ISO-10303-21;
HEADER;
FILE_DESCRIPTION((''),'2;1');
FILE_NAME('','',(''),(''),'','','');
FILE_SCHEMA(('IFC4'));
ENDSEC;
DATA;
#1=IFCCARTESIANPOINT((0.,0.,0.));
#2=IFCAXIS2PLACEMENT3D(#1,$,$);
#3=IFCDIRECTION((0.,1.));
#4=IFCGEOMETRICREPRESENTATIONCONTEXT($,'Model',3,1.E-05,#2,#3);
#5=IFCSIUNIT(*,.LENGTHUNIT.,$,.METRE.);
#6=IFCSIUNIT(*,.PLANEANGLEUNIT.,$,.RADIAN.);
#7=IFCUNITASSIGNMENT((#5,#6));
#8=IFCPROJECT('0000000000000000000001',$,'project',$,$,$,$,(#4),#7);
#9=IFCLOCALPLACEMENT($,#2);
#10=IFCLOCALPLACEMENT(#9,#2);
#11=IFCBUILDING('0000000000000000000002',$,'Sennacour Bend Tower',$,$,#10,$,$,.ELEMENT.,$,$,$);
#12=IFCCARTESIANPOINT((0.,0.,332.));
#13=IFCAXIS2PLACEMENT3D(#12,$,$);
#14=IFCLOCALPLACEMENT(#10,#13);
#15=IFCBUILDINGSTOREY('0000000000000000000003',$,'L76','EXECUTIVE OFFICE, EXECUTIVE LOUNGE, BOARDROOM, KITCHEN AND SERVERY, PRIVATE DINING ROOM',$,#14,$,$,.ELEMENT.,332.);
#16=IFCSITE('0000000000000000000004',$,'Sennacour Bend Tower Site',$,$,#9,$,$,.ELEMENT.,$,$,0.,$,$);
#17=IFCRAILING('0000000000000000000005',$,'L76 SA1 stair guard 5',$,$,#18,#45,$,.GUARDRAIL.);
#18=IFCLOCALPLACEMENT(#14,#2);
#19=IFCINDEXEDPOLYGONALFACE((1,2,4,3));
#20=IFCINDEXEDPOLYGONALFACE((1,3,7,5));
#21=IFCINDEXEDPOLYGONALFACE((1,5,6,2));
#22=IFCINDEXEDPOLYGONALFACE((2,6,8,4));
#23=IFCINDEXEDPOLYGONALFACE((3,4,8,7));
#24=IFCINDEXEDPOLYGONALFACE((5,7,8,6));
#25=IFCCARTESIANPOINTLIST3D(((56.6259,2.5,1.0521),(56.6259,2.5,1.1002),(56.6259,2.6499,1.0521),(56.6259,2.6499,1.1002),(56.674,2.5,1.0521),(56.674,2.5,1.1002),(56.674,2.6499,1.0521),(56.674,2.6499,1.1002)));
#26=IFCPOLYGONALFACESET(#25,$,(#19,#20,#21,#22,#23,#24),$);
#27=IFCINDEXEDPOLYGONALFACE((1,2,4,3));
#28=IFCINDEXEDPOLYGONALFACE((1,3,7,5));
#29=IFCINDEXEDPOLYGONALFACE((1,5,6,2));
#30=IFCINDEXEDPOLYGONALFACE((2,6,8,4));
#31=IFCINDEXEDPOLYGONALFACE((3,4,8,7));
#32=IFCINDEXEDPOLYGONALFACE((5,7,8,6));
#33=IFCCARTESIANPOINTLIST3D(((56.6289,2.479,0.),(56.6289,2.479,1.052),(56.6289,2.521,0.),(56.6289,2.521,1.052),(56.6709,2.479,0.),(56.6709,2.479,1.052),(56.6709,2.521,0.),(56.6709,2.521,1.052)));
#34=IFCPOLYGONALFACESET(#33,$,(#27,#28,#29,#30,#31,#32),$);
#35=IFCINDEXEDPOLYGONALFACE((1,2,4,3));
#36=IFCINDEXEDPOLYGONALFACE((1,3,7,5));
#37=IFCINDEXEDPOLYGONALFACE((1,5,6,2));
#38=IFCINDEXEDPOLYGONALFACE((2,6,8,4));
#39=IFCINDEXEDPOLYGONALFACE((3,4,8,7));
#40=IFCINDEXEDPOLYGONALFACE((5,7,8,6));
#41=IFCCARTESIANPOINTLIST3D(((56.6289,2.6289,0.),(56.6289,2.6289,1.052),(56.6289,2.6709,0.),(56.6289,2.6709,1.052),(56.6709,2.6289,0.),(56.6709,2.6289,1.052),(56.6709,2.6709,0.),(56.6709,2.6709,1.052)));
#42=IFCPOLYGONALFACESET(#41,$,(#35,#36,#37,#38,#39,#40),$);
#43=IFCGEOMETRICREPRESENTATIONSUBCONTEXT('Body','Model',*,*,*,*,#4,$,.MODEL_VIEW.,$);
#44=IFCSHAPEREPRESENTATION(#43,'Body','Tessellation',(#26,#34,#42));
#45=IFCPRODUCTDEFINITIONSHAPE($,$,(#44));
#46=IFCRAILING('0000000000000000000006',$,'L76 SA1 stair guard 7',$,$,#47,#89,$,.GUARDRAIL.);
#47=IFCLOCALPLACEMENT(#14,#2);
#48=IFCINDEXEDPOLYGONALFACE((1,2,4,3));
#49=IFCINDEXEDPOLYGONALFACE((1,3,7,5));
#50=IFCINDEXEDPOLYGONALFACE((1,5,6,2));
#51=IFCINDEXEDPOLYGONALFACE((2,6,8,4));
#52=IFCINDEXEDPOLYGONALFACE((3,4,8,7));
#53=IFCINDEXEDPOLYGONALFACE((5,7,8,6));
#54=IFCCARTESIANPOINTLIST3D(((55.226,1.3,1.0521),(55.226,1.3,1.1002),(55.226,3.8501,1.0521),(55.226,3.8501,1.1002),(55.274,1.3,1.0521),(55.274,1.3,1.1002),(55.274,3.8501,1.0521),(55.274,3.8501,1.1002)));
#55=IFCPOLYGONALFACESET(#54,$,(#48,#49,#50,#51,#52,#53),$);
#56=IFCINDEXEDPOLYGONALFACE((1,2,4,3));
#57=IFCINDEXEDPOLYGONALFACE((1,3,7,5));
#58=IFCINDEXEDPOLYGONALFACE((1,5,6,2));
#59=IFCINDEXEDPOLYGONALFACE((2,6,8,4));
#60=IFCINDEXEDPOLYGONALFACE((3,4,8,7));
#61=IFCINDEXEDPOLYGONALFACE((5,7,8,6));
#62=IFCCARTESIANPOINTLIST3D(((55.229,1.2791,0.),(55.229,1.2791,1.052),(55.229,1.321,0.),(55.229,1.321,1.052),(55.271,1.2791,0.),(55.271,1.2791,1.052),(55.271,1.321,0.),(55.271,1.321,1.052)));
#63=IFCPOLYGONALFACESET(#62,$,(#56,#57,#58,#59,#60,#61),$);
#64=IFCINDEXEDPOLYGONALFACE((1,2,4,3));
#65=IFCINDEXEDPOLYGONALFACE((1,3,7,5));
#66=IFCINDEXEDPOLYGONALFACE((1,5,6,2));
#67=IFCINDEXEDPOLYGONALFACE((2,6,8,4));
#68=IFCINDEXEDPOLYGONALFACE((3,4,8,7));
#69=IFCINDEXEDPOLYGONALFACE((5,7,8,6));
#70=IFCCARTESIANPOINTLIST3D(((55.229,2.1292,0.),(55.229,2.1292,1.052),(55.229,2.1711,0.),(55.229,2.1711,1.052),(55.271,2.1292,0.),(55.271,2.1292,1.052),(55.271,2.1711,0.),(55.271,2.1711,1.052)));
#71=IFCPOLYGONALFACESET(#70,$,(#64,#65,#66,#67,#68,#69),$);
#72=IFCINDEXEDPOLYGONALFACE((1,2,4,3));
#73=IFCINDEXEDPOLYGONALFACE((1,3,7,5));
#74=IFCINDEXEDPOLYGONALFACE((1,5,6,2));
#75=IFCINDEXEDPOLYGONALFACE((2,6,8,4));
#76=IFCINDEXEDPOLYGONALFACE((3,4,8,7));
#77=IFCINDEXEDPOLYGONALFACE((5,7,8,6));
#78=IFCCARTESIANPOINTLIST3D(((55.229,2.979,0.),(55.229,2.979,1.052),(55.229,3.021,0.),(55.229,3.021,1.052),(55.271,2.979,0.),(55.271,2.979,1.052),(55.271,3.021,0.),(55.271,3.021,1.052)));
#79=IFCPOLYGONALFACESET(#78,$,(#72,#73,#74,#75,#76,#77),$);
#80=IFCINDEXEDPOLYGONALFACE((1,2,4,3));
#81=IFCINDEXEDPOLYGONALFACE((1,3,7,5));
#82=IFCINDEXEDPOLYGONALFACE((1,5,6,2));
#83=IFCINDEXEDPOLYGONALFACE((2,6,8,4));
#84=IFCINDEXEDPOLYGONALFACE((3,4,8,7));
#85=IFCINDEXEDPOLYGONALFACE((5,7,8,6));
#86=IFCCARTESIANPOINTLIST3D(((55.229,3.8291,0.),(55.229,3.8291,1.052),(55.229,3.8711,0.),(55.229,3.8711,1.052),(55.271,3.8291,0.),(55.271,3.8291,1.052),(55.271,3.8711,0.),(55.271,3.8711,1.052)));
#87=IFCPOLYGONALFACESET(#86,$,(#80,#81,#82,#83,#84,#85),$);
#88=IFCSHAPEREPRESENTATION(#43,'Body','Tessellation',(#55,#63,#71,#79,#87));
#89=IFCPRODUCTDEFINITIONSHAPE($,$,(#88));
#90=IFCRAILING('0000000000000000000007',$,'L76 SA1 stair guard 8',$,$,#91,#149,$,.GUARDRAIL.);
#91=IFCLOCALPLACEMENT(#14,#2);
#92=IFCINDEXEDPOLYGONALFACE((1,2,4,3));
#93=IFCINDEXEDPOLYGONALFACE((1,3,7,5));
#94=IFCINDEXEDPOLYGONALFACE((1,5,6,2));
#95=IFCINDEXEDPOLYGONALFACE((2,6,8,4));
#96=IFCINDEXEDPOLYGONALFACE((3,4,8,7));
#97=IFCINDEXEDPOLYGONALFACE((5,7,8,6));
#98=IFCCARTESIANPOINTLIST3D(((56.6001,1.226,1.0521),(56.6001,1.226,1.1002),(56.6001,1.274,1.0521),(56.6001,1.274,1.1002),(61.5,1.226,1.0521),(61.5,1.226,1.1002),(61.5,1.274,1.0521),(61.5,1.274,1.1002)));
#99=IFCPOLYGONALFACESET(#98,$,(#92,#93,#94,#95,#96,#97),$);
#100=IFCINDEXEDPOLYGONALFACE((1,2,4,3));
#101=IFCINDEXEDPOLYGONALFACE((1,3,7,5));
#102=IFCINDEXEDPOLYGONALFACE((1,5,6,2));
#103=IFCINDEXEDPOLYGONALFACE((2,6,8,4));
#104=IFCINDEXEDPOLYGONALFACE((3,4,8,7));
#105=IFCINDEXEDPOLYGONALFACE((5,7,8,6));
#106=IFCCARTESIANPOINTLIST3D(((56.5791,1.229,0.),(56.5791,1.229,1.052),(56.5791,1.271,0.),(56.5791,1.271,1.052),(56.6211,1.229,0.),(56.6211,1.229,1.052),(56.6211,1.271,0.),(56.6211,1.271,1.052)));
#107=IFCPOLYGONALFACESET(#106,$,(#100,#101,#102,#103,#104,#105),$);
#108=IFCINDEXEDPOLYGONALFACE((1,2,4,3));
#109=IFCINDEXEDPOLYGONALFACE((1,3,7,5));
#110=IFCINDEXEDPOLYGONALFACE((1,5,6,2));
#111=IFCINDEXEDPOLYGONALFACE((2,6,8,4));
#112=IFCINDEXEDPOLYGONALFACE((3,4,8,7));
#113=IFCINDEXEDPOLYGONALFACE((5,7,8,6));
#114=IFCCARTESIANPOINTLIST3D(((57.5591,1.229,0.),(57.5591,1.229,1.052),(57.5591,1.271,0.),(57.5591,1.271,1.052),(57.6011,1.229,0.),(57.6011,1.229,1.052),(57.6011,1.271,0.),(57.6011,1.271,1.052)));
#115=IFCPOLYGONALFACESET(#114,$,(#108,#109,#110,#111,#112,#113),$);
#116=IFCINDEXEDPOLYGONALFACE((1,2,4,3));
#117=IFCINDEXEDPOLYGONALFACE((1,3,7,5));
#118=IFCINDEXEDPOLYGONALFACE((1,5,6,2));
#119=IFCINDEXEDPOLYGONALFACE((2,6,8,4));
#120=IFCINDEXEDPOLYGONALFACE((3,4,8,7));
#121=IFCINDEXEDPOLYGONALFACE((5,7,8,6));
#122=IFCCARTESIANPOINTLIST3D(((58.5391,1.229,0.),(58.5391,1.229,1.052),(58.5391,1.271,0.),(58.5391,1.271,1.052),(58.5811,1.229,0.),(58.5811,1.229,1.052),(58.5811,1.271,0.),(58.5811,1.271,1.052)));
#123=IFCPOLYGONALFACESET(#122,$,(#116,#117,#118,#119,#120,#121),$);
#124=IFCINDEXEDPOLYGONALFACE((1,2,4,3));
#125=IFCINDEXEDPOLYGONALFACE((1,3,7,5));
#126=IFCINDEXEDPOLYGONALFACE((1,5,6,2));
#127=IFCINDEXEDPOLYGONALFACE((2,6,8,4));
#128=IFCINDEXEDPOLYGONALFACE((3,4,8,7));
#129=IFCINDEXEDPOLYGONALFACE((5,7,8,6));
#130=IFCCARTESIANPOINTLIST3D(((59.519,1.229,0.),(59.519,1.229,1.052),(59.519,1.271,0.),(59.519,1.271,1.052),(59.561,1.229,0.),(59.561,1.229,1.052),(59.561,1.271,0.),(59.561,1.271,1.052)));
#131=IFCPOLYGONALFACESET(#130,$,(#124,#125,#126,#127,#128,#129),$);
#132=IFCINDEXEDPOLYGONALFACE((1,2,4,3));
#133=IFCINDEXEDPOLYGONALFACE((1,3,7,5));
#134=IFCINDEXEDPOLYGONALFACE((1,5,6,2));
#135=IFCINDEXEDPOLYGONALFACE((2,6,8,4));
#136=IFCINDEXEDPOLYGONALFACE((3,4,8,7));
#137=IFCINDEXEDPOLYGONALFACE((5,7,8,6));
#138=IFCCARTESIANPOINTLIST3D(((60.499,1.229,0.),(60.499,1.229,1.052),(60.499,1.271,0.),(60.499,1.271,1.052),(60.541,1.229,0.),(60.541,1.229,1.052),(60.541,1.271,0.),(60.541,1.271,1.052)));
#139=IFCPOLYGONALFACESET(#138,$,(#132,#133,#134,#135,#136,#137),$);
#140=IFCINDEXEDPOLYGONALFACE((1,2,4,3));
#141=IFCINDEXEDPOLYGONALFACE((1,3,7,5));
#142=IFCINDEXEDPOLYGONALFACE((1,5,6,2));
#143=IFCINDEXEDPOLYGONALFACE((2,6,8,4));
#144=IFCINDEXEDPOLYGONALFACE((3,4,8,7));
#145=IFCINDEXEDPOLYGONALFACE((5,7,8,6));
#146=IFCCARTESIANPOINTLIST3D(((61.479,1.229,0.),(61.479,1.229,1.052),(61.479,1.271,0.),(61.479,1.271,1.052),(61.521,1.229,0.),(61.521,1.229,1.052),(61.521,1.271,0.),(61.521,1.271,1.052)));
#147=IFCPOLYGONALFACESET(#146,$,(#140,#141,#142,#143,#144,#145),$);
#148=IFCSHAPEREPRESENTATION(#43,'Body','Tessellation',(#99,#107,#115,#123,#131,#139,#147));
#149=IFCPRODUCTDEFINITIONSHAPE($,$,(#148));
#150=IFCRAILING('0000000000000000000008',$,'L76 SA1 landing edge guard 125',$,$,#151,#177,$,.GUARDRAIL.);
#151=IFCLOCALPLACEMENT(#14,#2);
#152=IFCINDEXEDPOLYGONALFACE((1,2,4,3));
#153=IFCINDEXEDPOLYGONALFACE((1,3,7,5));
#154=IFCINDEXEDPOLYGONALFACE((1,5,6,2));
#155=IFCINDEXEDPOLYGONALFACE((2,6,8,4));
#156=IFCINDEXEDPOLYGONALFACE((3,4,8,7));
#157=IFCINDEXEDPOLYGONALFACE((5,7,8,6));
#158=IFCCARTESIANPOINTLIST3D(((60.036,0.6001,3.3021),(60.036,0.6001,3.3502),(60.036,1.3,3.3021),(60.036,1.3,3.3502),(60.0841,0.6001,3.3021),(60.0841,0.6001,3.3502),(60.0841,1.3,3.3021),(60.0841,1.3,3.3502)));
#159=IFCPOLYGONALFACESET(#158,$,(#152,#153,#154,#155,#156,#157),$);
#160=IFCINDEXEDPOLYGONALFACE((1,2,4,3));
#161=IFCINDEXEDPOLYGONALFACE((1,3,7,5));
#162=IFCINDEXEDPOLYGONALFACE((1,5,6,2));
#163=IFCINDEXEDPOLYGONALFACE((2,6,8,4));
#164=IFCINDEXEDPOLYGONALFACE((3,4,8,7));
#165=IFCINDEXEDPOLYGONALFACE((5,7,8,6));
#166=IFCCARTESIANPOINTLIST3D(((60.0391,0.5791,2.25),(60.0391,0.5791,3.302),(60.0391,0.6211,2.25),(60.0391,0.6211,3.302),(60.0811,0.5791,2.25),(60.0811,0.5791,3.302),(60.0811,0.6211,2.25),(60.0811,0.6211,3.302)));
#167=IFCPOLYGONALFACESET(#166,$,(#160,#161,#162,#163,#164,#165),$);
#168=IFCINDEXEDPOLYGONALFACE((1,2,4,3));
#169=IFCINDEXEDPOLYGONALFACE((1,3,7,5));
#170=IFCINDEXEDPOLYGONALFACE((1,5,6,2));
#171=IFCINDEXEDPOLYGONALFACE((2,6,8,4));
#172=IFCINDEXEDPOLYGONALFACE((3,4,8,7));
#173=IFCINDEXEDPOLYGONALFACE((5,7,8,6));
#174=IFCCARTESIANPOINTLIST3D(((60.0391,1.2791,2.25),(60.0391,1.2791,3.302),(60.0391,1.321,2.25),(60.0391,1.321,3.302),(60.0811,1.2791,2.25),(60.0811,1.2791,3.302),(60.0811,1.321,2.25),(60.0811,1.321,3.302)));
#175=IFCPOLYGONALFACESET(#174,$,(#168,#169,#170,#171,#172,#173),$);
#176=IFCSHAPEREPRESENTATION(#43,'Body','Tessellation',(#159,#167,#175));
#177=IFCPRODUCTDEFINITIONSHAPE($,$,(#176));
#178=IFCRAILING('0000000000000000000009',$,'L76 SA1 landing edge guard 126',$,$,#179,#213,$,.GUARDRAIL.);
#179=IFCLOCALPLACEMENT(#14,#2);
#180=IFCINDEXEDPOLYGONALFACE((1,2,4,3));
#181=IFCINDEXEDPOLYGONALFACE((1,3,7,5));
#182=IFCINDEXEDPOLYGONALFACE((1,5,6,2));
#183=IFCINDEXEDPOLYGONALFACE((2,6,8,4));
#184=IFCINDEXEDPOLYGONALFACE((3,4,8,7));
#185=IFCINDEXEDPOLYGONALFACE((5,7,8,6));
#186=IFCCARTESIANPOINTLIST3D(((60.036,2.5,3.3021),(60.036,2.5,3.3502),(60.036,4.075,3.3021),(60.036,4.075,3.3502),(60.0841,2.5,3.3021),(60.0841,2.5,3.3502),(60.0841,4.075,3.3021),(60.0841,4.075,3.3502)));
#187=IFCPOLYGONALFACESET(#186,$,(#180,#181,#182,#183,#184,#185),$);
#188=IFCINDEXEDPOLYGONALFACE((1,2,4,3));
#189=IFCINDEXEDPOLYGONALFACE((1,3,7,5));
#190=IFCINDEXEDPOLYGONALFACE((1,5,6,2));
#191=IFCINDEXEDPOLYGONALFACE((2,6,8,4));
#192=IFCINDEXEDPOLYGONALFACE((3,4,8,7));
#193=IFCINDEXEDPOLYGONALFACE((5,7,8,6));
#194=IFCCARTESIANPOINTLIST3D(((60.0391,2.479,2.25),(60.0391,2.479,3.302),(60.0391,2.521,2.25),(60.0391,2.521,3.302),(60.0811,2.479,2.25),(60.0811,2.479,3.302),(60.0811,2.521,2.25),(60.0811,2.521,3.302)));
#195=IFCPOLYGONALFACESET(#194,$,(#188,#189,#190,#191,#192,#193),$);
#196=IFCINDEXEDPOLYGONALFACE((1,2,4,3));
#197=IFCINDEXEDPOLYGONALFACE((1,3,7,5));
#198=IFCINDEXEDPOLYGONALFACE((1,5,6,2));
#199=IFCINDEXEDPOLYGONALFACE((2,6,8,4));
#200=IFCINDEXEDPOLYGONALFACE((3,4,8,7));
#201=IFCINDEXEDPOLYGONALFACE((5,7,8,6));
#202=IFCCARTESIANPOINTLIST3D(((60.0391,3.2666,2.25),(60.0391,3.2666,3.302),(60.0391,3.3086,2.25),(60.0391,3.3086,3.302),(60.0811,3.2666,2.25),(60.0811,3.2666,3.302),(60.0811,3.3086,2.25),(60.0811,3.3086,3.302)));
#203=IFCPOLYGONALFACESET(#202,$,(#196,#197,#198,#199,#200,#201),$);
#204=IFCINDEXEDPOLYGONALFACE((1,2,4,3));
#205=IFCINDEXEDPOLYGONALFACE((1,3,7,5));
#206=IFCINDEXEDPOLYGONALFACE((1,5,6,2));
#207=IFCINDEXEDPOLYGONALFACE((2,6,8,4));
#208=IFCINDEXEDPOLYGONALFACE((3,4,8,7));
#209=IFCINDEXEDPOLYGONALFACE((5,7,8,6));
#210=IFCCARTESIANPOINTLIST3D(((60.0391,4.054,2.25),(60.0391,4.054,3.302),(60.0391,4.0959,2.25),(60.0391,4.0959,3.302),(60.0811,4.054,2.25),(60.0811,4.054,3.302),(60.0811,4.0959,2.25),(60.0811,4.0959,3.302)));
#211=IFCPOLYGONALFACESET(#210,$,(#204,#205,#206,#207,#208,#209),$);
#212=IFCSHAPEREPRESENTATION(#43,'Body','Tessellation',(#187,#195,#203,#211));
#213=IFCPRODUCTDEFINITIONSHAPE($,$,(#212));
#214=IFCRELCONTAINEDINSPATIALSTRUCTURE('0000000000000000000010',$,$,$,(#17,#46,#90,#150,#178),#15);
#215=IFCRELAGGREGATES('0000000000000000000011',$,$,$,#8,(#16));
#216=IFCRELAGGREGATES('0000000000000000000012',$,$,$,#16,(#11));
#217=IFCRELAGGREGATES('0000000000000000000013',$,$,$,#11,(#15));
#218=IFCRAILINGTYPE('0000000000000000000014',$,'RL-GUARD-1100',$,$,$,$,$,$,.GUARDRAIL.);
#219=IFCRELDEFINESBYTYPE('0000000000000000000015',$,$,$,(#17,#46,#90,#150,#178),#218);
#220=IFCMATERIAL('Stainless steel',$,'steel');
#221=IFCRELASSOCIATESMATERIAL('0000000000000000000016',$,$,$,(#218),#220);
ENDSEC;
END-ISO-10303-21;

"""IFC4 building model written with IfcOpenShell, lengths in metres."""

from ifc_helpers import new_model, si_unit, direction, frame, origin, origin_2d, place, context, subcontext, project, spatial, rectangle, extrude, material, type_object, element, save


model = new_model("IFC4")

# Units and contexts
model_context = context("Model", 3, precision=1e-05, world=origin(), true_north=direction((0.0, 1.0)))
body_context = subcontext(model_context, "Body", "Model", "MODEL_VIEW")
ifc_project = project(units=[si_unit("LENGTHUNIT", "METRE"), si_unit("PLANEANGLEUNIT", "RADIAN")], contexts=[model_context])

# Site, building, storey
site_placement = place(None, origin())
site = spatial("IfcSite", under=ifc_project, at=site_placement, Name="Sennacour Bend Tower Site", CompositionType="ELEMENT", RefElevation=0.0)
building_placement = place(site_placement, origin())
building = spatial("IfcBuilding", under=site, at=building_placement, Name="Sennacour Bend Tower", CompositionType="ELEMENT")
storey_placement = place(building_placement, frame((0.0, 0.0, 332.0)))
storey = spatial("IfcBuildingStorey", under=building, at=storey_placement, Name="L76", Description="EXECUTIVE OFFICE, EXECUTIVE LOUNGE, BOARDROOM, KITCHEN AND SERVERY, PRIVATE DINING ROOM", CompositionType="ELEMENT", Elevation=332.0)

# Shared definitions
ifc_material_1 = material(Name="Stainless steel", Category="steel")

# Railings
railing_type_1 = type_object("IfcRailingType", Name="RL-GUARD-1100", PredefinedType="GUARDRAIL", material=ifc_material_1)
railing_1_placement = place(storey_placement, frame((56.6499, 2.5, 0.0)))
element("IfcRailing", 1, at=railing_1_placement, inside=storey, type_object=railing_type_1, Name="L76 SA1 stair guard 5", PredefinedType="GUARDRAIL", context=body_context, shape_type="SweptSolid", body=[
    extrude(rectangle(XDim=0.0481, YDim=0.0481, at=origin_2d()), frame((0.0, 0.0, 1.0762), z_axis=(0.0, 1.0, 0.0), x_axis=(-1.0, 0.0, 0.0)), (0.0, 0.0, 1.0), 0.1499),
    extrude(rectangle(XDim=0.042, YDim=0.042, at=origin_2d()), origin(), (0.0, 0.0, 1.0), 1.052),
    extrude(rectangle(XDim=0.042, YDim=0.042, at=origin_2d()), frame((0.0, 0.1499, 0.0)), (0.0, 0.0, 1.0), 1.052),
])
railing_2_placement = place(storey_placement, frame((55.25, 1.3, 0.0)))
element("IfcRailing", 2, at=railing_2_placement, inside=storey, type_object=railing_type_1, Name="L76 SA1 stair guard 7", PredefinedType="GUARDRAIL", context=body_context, shape_type="SweptSolid", body=[
    extrude(rectangle(XDim=0.0481, YDim=0.0481, at=origin_2d()), frame((0.0, 0.0, 1.0762), z_axis=(0.0, 1.0, 0.0), x_axis=(-1.0, 0.0, 0.0)), (0.0, 0.0, 1.0), 2.55),
    extrude(rectangle(XDim=0.042, YDim=0.042, at=origin_2d()), origin(), (0.0, 0.0, 1.0), 1.052),
    extrude(rectangle(XDim=0.042, YDim=0.042, at=origin_2d()), frame((0.0, 0.8501, 0.0)), (0.0, 0.0, 1.0), 1.052),
    extrude(rectangle(XDim=0.042, YDim=0.042, at=origin_2d()), frame((0.0, 1.7, 0.0)), (0.0, 0.0, 1.0), 1.052),
    extrude(rectangle(XDim=0.042, YDim=0.042, at=origin_2d()), frame((0.0, 2.55, 0.0)), (0.0, 0.0, 1.0), 1.052),
])
railing_3_placement = place(storey_placement, frame((56.6001, 1.25, 0.0)))
element("IfcRailing", 3, at=railing_3_placement, inside=storey, type_object=railing_type_1, Name="L76 SA1 stair guard 8", PredefinedType="GUARDRAIL", context=body_context, shape_type="SweptSolid", body=[
    extrude(rectangle(XDim=0.0481, YDim=0.0481, at=origin_2d()), frame((0.0, 0.0, 1.0762), z_axis=(1.0, 0.0, 0.0), x_axis=(0.0, 1.0, 0.0)), (0.0, 0.0, 1.0), 4.8999),
    extrude(rectangle(XDim=0.042, YDim=0.042, at=origin_2d()), origin(), (0.0, 0.0, 1.0), 1.052),
    extrude(rectangle(XDim=0.042, YDim=0.042, at=origin_2d()), frame((0.98, 0.0, 0.0)), (0.0, 0.0, 1.0), 1.052),
    extrude(rectangle(XDim=0.042, YDim=0.042, at=origin_2d()), frame((1.96, 0.0, 0.0)), (0.0, 0.0, 1.0), 1.052),
    extrude(rectangle(XDim=0.042, YDim=0.042, at=origin_2d()), frame((2.9399, 0.0, 0.0)), (0.0, 0.0, 1.0), 1.052),
    extrude(rectangle(XDim=0.042, YDim=0.042, at=origin_2d()), frame((3.9199, 0.0, 0.0)), (0.0, 0.0, 1.0), 1.052),
    extrude(rectangle(XDim=0.042, YDim=0.042, at=origin_2d()), frame((4.8999, 0.0, 0.0)), (0.0, 0.0, 1.0), 1.052),
])
railing_4_placement = place(storey_placement, frame((60.0601, 0.6001, 2.25)))
element("IfcRailing", 4, at=railing_4_placement, inside=storey, type_object=railing_type_1, Name="L76 SA1 landing edge guard 125", PredefinedType="GUARDRAIL", context=body_context, shape_type="SweptSolid", body=[
    extrude(rectangle(XDim=0.0481, YDim=0.0481, at=origin_2d()), frame((0.0, 0.0, 1.0762), z_axis=(0.0, 1.0, 0.0), x_axis=(-1.0, 0.0, 0.0)), (0.0, 0.0, 1.0), 0.7),
    extrude(rectangle(XDim=0.042, YDim=0.042, at=origin_2d()), origin(), (0.0, 0.0, 1.0), 1.052),
    extrude(rectangle(XDim=0.042, YDim=0.042, at=origin_2d()), frame((0.0, 0.7, 0.0)), (0.0, 0.0, 1.0), 1.052),
])
railing_5_placement = place(storey_placement, frame((60.0601, 2.5, 2.25)))
element("IfcRailing", 5, at=railing_5_placement, inside=storey, type_object=railing_type_1, Name="L76 SA1 landing edge guard 126", PredefinedType="GUARDRAIL", context=body_context, shape_type="SweptSolid", body=[
    extrude(rectangle(XDim=0.0481, YDim=0.0481, at=origin_2d()), frame((0.0, 0.0, 1.0762), z_axis=(0.0, 1.0, 0.0), x_axis=(-1.0, 0.0, 0.0)), (0.0, 0.0, 1.0), 1.575),
    extrude(rectangle(XDim=0.042, YDim=0.042, at=origin_2d()), origin(), (0.0, 0.0, 1.0), 1.052),
    extrude(rectangle(XDim=0.042, YDim=0.042, at=origin_2d()), frame((0.0, 0.7876, 0.0)), (0.0, 0.0, 1.0), 1.052),
    extrude(rectangle(XDim=0.042, YDim=0.042, at=origin_2d()), frame((0.0, 1.575, 0.0)), (0.0, 0.0, 1.0), 1.052),
])

save(model, "model.ifc")
